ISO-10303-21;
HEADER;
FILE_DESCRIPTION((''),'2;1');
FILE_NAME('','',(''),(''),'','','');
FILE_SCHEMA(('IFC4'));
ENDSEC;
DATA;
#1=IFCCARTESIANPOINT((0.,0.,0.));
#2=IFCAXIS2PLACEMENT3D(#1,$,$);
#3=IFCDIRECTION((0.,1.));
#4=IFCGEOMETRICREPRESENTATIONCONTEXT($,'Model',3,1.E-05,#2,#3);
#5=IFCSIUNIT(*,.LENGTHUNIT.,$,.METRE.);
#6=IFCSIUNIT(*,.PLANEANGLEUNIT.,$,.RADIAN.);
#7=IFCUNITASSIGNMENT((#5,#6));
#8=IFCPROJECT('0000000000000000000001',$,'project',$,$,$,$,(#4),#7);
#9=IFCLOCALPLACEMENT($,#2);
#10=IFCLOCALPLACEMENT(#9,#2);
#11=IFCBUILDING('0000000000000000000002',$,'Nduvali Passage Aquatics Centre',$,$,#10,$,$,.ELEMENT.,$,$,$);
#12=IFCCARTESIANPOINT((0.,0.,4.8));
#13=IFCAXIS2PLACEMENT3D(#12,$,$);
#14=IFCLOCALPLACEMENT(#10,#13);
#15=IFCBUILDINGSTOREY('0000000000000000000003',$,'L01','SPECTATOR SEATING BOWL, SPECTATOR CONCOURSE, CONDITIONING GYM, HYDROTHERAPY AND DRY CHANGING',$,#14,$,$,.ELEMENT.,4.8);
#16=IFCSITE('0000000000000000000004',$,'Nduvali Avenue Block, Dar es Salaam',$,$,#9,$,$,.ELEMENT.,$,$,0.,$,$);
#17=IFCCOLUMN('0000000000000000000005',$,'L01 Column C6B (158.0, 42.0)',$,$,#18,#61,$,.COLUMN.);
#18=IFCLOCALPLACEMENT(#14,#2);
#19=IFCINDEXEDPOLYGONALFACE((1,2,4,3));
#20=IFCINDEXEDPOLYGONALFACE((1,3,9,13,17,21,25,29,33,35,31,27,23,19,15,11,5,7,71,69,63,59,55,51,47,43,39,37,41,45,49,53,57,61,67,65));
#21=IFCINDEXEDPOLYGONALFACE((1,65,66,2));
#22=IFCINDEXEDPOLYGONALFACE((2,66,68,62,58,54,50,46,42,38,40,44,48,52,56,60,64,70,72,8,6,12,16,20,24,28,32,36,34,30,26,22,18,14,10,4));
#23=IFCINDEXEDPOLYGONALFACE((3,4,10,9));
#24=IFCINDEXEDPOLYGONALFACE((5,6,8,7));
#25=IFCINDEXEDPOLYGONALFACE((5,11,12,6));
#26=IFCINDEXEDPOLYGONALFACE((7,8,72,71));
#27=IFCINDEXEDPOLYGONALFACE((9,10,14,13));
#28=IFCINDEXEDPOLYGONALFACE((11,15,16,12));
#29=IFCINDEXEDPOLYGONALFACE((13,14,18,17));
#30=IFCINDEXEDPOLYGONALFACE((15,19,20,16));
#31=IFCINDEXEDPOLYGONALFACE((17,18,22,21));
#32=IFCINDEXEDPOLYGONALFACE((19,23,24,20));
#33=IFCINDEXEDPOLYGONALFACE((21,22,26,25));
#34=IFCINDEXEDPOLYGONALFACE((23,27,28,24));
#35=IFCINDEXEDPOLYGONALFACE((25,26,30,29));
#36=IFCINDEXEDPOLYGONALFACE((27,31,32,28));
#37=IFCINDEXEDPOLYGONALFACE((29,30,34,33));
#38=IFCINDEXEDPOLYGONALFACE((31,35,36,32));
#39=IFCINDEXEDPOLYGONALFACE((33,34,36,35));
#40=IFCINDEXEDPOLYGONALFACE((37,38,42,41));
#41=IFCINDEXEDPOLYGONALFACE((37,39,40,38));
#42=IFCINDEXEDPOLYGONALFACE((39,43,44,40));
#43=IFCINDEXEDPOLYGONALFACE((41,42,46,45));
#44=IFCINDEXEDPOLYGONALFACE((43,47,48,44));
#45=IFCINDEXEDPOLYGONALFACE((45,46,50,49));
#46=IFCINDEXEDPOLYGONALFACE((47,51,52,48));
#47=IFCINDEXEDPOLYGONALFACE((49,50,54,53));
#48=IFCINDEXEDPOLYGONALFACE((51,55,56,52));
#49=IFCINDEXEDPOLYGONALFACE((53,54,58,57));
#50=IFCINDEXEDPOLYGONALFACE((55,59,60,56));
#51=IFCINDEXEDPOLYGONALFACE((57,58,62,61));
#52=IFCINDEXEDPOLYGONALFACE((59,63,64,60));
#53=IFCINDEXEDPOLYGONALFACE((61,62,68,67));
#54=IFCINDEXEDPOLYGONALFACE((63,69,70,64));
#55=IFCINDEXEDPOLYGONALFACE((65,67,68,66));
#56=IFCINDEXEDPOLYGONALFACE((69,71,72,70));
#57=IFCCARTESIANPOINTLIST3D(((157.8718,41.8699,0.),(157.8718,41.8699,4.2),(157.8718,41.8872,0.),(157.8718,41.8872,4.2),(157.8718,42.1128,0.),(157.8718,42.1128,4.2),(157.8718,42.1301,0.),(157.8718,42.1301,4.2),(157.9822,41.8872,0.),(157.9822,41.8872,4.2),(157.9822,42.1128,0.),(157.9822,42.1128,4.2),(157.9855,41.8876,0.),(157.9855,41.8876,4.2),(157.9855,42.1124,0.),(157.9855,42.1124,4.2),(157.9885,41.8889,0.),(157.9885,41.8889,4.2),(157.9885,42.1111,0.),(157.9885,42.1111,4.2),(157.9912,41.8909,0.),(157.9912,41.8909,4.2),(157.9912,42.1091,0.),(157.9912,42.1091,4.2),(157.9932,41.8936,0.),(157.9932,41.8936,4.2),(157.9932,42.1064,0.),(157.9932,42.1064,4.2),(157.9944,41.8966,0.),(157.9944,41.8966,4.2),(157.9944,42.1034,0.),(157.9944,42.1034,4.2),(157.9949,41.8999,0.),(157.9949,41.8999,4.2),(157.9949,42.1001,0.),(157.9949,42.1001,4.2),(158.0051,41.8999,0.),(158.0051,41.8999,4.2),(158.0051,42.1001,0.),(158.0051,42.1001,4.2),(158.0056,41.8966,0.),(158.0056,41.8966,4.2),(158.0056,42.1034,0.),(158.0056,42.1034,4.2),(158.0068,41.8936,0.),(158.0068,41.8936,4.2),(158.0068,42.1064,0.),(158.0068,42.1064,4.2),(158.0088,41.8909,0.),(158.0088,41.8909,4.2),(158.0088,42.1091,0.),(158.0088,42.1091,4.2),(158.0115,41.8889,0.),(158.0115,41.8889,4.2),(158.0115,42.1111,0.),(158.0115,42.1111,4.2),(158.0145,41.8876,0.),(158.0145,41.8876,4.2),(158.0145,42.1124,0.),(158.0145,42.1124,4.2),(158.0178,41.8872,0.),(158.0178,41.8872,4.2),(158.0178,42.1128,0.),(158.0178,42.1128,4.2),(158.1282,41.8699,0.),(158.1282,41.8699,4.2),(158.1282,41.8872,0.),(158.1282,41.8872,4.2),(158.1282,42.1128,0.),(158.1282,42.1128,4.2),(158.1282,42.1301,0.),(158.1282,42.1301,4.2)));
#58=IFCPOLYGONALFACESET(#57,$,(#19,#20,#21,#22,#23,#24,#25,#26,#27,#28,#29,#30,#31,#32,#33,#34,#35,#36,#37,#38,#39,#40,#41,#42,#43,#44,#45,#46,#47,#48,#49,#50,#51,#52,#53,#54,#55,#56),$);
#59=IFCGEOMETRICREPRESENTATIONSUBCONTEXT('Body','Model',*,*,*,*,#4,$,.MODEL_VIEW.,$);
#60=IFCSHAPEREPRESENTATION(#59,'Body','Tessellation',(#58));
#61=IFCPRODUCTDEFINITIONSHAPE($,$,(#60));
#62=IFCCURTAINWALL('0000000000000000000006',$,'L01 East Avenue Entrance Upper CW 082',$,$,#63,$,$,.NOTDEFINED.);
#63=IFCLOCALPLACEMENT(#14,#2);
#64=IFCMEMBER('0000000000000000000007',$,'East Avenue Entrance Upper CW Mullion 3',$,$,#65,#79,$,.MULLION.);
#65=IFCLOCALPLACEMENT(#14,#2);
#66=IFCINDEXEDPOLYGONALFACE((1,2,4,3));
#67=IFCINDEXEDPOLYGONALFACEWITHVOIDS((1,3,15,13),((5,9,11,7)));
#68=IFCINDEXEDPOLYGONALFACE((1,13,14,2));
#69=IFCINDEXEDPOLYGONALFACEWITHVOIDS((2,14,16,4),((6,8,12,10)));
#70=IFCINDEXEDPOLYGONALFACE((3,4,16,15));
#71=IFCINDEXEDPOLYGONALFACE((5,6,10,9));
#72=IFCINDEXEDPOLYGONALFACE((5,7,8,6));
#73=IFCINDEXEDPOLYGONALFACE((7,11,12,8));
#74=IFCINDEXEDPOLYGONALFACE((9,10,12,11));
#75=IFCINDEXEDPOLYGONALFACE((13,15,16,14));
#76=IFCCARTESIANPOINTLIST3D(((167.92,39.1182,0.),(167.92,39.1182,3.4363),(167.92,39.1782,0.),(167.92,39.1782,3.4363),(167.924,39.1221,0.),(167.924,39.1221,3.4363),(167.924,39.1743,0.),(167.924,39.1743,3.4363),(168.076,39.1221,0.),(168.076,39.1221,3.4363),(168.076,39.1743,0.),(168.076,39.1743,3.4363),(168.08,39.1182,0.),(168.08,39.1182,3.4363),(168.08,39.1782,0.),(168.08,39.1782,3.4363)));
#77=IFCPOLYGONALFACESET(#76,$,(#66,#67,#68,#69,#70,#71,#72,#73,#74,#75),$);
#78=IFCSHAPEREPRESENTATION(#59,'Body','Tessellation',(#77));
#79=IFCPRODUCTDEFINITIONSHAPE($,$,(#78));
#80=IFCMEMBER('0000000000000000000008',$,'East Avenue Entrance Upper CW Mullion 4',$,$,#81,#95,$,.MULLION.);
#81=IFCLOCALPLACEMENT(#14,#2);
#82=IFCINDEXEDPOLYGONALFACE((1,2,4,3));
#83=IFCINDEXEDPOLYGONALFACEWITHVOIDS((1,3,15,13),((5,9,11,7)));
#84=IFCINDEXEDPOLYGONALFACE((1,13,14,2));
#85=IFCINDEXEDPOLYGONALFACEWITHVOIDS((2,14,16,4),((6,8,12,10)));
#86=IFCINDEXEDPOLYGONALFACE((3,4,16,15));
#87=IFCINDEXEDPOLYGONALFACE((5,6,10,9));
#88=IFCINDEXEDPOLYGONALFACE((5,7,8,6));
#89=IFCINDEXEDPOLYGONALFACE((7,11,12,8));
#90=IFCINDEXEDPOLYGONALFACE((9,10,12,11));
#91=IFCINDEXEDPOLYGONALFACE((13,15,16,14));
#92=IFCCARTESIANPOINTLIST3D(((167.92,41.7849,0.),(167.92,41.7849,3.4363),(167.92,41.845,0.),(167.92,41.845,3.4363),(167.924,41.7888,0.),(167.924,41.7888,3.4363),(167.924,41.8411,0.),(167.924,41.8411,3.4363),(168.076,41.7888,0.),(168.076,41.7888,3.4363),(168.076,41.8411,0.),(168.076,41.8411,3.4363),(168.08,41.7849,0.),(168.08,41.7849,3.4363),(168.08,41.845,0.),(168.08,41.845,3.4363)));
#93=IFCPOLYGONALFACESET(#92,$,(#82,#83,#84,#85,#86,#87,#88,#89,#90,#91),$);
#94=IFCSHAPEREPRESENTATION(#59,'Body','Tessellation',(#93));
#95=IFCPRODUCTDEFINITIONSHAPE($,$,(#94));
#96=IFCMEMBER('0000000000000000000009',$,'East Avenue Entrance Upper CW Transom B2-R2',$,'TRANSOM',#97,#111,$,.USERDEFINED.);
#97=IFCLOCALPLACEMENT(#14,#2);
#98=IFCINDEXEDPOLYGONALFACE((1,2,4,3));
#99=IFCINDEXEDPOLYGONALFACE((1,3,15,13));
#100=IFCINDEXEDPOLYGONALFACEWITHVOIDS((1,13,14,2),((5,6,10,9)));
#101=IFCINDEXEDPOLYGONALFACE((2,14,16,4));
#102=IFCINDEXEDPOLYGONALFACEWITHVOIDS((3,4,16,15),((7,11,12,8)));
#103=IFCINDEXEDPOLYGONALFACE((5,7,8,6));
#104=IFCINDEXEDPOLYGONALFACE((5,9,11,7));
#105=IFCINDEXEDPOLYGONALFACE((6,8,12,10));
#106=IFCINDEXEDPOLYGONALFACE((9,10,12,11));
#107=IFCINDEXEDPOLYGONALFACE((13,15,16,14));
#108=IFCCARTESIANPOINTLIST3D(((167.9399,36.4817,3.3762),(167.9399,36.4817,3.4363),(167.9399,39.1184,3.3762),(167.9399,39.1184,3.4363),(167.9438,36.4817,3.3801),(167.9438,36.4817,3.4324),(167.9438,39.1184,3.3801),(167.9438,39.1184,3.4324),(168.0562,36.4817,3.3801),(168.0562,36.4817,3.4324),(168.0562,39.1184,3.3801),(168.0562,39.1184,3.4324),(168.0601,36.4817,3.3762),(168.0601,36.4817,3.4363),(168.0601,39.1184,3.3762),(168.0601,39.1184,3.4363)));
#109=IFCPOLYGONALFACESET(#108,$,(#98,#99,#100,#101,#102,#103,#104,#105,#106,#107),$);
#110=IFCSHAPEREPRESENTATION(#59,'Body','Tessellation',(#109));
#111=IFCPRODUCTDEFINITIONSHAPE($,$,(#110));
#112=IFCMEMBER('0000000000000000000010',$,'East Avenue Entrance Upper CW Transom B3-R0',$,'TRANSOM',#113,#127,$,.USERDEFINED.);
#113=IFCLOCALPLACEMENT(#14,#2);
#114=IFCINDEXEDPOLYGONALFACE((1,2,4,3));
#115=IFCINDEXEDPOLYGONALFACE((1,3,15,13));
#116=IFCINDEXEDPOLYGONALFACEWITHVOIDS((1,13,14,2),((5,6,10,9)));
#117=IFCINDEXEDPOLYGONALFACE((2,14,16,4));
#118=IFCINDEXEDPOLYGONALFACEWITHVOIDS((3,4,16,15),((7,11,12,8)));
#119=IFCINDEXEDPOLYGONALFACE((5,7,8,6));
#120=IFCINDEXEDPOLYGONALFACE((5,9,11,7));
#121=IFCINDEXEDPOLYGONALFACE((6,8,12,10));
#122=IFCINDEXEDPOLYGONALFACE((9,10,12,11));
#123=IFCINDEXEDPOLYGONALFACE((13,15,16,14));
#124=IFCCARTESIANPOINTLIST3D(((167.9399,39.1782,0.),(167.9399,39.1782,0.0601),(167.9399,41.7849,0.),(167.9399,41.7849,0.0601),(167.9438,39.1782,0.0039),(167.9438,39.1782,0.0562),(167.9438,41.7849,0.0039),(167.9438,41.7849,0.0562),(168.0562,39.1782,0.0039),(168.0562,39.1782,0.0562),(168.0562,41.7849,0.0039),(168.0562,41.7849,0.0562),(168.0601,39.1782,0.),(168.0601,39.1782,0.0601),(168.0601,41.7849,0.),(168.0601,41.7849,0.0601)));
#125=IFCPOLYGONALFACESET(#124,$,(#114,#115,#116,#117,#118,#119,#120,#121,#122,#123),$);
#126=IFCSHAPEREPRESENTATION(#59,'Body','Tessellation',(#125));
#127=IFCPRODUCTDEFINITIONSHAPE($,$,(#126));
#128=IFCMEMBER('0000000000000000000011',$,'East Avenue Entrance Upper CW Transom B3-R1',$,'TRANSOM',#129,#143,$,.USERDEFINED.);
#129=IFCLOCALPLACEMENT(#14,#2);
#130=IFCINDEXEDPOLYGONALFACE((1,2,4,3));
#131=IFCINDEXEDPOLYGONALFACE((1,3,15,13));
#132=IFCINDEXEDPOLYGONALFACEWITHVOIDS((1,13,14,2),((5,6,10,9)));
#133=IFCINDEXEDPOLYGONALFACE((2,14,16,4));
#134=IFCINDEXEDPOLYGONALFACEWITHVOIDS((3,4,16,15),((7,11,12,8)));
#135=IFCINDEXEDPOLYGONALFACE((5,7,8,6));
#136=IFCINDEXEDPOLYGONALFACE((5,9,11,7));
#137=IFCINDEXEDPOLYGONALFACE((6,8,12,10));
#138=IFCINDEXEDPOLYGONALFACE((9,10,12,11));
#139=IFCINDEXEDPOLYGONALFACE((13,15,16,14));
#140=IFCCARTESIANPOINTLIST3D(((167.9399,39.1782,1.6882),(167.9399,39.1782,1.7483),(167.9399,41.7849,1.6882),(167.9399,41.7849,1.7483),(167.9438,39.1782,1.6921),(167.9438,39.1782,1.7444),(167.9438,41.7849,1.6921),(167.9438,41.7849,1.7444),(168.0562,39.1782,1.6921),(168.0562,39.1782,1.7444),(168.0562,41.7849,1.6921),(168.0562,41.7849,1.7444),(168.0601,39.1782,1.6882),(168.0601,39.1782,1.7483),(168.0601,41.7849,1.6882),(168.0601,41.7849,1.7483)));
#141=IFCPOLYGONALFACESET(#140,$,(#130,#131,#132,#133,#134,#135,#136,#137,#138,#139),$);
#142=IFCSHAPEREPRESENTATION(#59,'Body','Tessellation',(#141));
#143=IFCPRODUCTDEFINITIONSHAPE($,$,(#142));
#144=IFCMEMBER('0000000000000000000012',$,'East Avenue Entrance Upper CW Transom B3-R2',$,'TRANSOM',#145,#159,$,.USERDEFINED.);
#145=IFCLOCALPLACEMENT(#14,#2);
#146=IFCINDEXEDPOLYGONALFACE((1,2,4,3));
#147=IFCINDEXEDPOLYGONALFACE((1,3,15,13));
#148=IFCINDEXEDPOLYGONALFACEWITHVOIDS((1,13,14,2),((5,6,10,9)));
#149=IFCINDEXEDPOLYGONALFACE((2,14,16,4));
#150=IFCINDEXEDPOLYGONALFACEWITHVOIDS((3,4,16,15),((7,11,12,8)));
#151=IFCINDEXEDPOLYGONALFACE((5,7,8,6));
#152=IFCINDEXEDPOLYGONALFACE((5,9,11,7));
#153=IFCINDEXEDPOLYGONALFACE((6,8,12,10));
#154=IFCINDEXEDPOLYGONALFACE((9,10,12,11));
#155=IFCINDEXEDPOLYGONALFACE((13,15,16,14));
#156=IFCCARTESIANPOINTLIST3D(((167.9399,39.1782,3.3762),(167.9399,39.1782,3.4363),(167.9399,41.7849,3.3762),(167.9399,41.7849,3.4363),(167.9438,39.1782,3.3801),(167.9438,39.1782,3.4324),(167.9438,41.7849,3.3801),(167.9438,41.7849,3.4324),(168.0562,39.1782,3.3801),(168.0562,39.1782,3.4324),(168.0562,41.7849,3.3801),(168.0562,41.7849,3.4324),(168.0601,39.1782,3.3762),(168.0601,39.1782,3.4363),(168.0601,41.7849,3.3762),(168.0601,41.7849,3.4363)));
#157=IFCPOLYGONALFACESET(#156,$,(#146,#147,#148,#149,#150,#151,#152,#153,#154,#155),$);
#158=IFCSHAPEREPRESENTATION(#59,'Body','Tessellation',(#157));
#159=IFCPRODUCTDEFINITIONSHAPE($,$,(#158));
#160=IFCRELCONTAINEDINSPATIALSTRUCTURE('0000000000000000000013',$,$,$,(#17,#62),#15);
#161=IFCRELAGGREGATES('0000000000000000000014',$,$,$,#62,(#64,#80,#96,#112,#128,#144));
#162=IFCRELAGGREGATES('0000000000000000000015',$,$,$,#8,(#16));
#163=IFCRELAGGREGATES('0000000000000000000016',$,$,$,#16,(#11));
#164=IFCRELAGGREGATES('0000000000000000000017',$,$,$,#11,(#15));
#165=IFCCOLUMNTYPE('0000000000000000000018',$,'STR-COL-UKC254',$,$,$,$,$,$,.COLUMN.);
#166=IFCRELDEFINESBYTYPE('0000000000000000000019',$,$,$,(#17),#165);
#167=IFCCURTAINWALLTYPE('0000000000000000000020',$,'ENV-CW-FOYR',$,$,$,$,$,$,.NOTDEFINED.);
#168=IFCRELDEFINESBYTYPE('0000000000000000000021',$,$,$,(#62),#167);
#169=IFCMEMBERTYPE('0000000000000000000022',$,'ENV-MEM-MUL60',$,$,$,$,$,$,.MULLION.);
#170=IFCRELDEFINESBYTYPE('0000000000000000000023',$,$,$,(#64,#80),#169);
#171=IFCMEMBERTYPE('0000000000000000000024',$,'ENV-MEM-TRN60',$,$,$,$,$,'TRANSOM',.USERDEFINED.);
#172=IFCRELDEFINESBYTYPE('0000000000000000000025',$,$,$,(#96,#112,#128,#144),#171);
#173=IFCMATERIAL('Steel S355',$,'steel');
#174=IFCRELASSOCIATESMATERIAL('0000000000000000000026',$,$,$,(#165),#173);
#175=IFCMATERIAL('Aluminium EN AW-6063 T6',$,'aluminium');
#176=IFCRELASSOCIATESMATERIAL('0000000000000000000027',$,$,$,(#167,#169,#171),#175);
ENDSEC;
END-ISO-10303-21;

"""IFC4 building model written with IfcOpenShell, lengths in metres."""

from ifc_helpers import new_model, si_unit, direction, frame, origin, origin_2d, place, context, subcontext, project, spatial, hollow_rectangle, i_section, extrude, material, material_profile, profile_set, type_object, element, aggregate, save


model = new_model("IFC4")

# Units and contexts
model_context = context("Model", 3, precision=1e-05, world=origin(), true_north=direction((0.0, 1.0)))
body_context = subcontext(model_context, "Body", "Model", "MODEL_VIEW")
ifc_project = project(units=[si_unit("LENGTHUNIT", "METRE"), si_unit("PLANEANGLEUNIT", "RADIAN")], contexts=[model_context])

# Site, building, storey
site_placement = place(None, origin())
site = spatial("IfcSite", under=ifc_project, at=site_placement, Name="Nduvali Avenue Block, Dar es Salaam", CompositionType="ELEMENT", RefElevation=0.0)
building_placement = place(site_placement, origin())
building = spatial("IfcBuilding", under=site, at=building_placement, Name="Nduvali Passage Aquatics Centre", CompositionType="ELEMENT")
storey_placement = place(building_placement, frame((0.0, 0.0, 4.8)))
storey = spatial("IfcBuildingStorey", under=building, at=storey_placement, Name="L01", Description="SPECTATOR SEATING BOWL, SPECTATOR CONCOURSE, CONDITIONING GYM, HYDROTHERAPY AND DRY CHANGING", CompositionType="ELEMENT", Elevation=4.8)

# Column
ifc_material_1 = material(Name="Steel S355", Category="steel")
ifc_material_profile_1 = material_profile(ifc_material_1, i_section(OverallWidth=0.2563, OverallDepth=0.2603, WebThickness=0.0103, FlangeThickness=0.0173, FilletRadius=0.0127, at=origin_2d()), Name="UKC 254x254x89")
ifc_profile_set_1 = profile_set([ifc_material_profile_1], Name="Steel S355")
column_type = type_object("IfcColumnType", Name="STR-COL-UKC254", PredefinedType="COLUMN", material=ifc_profile_set_1)
column_placement = place(storey_placement, frame((158.0, 42.0, 0.0), z_axis=(0.0, 0.0, 1.0), x_axis=(1.0, 0.0, 0.0)))
element("IfcColumn", 1, at=column_placement, inside=storey, type_object=column_type, Name="L01 Column C6B (158.0, 42.0)", PredefinedType="COLUMN", context=body_context, shape_type="SweptSolid", body=[
    extrude(i_section(OverallWidth=0.2563, OverallDepth=0.2603, WebThickness=0.0103, FlangeThickness=0.0173, FilletRadius=0.0127, at=origin_2d()), origin(), (0.0, 0.0, 1.0), 4.2),
])

# Curtain wall, members
ifc_material_2 = material(Name="Aluminium EN AW-6063 T6", Category="aluminium")
curtain_wall_type = type_object("IfcCurtainWallType", Name="ENV-CW-FOYR", PredefinedType="NOTDEFINED", material=ifc_material_2)
curtain_wall_placement = place(storey_placement, origin())
curtain_wall = element("IfcCurtainWall", 2, at=curtain_wall_placement, inside=storey, type_object=curtain_wall_type, Name="L01 East Avenue Entrance Upper CW 082", PredefinedType="NOTDEFINED")
ifc_material_profile_2 = material_profile(ifc_material_2, hollow_rectangle(XDim=0.0601, YDim=0.1599, WallThickness=0.0039, at=origin_2d()), Name="ALU MULLION 60x160x4")
ifc_profile_set_2 = profile_set([ifc_material_profile_2], Name="Aluminium EN AW-6063 T6")
member_type_1 = type_object("IfcMemberType", Name="ENV-MEM-MUL60", PredefinedType="MULLION", material=ifc_profile_set_2)
member_1_placement = place(storey_placement, frame((168.0, 39.1482, 0.0), z_axis=(0.0, 0.0, 1.0), x_axis=(0.0, 1.0, 0.0)))
member_1 = element("IfcMember", 3, at=member_1_placement, type_object=member_type_1, Name="East Avenue Entrance Upper CW Mullion 3", PredefinedType="MULLION", context=body_context, shape_type="SweptSolid", body=[
    extrude(hollow_rectangle(XDim=0.0601, YDim=0.1599, WallThickness=0.0039, at=origin_2d()), origin(), (0.0, 0.0, 1.0), 3.4363),
])
member_2_placement = place(storey_placement, frame((168.0, 41.8149, 0.0), z_axis=(0.0, 0.0, 1.0), x_axis=(0.0, 1.0, 0.0)))
member_2 = element("IfcMember", 4, at=member_2_placement, type_object=member_type_1, Name="East Avenue Entrance Upper CW Mullion 4", PredefinedType="MULLION", context=body_context, shape_type="SweptSolid", body=[
    extrude(hollow_rectangle(XDim=0.0601, YDim=0.1599, WallThickness=0.0039, at=origin_2d()), origin(), (0.0, 0.0, 1.0), 3.4363),
])
ifc_material_profile_3 = material_profile(ifc_material_2, hollow_rectangle(XDim=0.1201, YDim=0.0601, WallThickness=0.0039, at=origin_2d()), Name="ALU TRANSOM 120x60x4")
ifc_profile_set_3 = profile_set([ifc_material_profile_3], Name="Aluminium EN AW-6063 T6")
member_type_2 = type_object("IfcMemberType", Name="ENV-MEM-TRN60", ElementType="TRANSOM", PredefinedType="USERDEFINED", material=ifc_profile_set_3)
member_3_placement = place(storey_placement, frame((168.0, 36.4817, 3.4062), z_axis=(0.0, 1.0, 0.0), x_axis=(-1.0, 0.0, 0.0)))
member_3 = element("IfcMember", 5, at=member_3_placement, type_object=member_type_2, Name="East Avenue Entrance Upper CW Transom B2-R2", ObjectType="TRANSOM", PredefinedType="USERDEFINED", context=body_context, shape_type="SweptSolid", body=[
    extrude(hollow_rectangle(XDim=0.1201, YDim=0.0601, WallThickness=0.0039, at=origin_2d()), origin(), (0.0, 0.0, 1.0), 2.6367),
])
member_4_placement = place(storey_placement, frame((168.0, 39.1782, 0.03), z_axis=(0.0, 1.0, 0.0), x_axis=(-1.0, 0.0, 0.0)))
member_4 = element("IfcMember", 6, at=member_4_placement, type_object=member_type_2, Name="East Avenue Entrance Upper CW Transom B3-R0", ObjectType="TRANSOM", PredefinedType="USERDEFINED", context=body_context, shape_type="SweptSolid", body=[
    extrude(hollow_rectangle(XDim=0.1201, YDim=0.0601, WallThickness=0.0039, at=origin_2d()), origin(), (0.0, 0.0, 1.0), 2.6067),
])
member_5_placement = place(storey_placement, frame((168.0, 39.1782, 1.7183), z_axis=(0.0, 1.0, 0.0), x_axis=(-1.0, 0.0, 0.0)))
member_5 = element("IfcMember", 7, at=member_5_placement, type_object=member_type_2, Name="East Avenue Entrance Upper CW Transom B3-R1", ObjectType="TRANSOM", PredefinedType="USERDEFINED", context=body_context, shape_type="SweptSolid", body=[
    extrude(hollow_rectangle(XDim=0.1201, YDim=0.0601, WallThickness=0.0039, at=origin_2d()), origin(), (0.0, 0.0, 1.0), 2.6067),
])
member_6_placement = place(storey_placement, frame((168.0, 39.1782, 3.4062), z_axis=(0.0, 1.0, 0.0), x_axis=(-1.0, 0.0, 0.0)))
member_6 = element("IfcMember", 8, at=member_6_placement, type_object=member_type_2, Name="East Avenue Entrance Upper CW Transom B3-R2", ObjectType="TRANSOM", PredefinedType="USERDEFINED", context=body_context, shape_type="SweptSolid", body=[
    extrude(hollow_rectangle(XDim=0.1201, YDim=0.0601, WallThickness=0.0039, at=origin_2d()), origin(), (0.0, 0.0, 1.0), 2.6067),
])

aggregate(curtain_wall, [member_1, member_2, member_3, member_4, member_5, member_6])

save(model, "model.ifc")
